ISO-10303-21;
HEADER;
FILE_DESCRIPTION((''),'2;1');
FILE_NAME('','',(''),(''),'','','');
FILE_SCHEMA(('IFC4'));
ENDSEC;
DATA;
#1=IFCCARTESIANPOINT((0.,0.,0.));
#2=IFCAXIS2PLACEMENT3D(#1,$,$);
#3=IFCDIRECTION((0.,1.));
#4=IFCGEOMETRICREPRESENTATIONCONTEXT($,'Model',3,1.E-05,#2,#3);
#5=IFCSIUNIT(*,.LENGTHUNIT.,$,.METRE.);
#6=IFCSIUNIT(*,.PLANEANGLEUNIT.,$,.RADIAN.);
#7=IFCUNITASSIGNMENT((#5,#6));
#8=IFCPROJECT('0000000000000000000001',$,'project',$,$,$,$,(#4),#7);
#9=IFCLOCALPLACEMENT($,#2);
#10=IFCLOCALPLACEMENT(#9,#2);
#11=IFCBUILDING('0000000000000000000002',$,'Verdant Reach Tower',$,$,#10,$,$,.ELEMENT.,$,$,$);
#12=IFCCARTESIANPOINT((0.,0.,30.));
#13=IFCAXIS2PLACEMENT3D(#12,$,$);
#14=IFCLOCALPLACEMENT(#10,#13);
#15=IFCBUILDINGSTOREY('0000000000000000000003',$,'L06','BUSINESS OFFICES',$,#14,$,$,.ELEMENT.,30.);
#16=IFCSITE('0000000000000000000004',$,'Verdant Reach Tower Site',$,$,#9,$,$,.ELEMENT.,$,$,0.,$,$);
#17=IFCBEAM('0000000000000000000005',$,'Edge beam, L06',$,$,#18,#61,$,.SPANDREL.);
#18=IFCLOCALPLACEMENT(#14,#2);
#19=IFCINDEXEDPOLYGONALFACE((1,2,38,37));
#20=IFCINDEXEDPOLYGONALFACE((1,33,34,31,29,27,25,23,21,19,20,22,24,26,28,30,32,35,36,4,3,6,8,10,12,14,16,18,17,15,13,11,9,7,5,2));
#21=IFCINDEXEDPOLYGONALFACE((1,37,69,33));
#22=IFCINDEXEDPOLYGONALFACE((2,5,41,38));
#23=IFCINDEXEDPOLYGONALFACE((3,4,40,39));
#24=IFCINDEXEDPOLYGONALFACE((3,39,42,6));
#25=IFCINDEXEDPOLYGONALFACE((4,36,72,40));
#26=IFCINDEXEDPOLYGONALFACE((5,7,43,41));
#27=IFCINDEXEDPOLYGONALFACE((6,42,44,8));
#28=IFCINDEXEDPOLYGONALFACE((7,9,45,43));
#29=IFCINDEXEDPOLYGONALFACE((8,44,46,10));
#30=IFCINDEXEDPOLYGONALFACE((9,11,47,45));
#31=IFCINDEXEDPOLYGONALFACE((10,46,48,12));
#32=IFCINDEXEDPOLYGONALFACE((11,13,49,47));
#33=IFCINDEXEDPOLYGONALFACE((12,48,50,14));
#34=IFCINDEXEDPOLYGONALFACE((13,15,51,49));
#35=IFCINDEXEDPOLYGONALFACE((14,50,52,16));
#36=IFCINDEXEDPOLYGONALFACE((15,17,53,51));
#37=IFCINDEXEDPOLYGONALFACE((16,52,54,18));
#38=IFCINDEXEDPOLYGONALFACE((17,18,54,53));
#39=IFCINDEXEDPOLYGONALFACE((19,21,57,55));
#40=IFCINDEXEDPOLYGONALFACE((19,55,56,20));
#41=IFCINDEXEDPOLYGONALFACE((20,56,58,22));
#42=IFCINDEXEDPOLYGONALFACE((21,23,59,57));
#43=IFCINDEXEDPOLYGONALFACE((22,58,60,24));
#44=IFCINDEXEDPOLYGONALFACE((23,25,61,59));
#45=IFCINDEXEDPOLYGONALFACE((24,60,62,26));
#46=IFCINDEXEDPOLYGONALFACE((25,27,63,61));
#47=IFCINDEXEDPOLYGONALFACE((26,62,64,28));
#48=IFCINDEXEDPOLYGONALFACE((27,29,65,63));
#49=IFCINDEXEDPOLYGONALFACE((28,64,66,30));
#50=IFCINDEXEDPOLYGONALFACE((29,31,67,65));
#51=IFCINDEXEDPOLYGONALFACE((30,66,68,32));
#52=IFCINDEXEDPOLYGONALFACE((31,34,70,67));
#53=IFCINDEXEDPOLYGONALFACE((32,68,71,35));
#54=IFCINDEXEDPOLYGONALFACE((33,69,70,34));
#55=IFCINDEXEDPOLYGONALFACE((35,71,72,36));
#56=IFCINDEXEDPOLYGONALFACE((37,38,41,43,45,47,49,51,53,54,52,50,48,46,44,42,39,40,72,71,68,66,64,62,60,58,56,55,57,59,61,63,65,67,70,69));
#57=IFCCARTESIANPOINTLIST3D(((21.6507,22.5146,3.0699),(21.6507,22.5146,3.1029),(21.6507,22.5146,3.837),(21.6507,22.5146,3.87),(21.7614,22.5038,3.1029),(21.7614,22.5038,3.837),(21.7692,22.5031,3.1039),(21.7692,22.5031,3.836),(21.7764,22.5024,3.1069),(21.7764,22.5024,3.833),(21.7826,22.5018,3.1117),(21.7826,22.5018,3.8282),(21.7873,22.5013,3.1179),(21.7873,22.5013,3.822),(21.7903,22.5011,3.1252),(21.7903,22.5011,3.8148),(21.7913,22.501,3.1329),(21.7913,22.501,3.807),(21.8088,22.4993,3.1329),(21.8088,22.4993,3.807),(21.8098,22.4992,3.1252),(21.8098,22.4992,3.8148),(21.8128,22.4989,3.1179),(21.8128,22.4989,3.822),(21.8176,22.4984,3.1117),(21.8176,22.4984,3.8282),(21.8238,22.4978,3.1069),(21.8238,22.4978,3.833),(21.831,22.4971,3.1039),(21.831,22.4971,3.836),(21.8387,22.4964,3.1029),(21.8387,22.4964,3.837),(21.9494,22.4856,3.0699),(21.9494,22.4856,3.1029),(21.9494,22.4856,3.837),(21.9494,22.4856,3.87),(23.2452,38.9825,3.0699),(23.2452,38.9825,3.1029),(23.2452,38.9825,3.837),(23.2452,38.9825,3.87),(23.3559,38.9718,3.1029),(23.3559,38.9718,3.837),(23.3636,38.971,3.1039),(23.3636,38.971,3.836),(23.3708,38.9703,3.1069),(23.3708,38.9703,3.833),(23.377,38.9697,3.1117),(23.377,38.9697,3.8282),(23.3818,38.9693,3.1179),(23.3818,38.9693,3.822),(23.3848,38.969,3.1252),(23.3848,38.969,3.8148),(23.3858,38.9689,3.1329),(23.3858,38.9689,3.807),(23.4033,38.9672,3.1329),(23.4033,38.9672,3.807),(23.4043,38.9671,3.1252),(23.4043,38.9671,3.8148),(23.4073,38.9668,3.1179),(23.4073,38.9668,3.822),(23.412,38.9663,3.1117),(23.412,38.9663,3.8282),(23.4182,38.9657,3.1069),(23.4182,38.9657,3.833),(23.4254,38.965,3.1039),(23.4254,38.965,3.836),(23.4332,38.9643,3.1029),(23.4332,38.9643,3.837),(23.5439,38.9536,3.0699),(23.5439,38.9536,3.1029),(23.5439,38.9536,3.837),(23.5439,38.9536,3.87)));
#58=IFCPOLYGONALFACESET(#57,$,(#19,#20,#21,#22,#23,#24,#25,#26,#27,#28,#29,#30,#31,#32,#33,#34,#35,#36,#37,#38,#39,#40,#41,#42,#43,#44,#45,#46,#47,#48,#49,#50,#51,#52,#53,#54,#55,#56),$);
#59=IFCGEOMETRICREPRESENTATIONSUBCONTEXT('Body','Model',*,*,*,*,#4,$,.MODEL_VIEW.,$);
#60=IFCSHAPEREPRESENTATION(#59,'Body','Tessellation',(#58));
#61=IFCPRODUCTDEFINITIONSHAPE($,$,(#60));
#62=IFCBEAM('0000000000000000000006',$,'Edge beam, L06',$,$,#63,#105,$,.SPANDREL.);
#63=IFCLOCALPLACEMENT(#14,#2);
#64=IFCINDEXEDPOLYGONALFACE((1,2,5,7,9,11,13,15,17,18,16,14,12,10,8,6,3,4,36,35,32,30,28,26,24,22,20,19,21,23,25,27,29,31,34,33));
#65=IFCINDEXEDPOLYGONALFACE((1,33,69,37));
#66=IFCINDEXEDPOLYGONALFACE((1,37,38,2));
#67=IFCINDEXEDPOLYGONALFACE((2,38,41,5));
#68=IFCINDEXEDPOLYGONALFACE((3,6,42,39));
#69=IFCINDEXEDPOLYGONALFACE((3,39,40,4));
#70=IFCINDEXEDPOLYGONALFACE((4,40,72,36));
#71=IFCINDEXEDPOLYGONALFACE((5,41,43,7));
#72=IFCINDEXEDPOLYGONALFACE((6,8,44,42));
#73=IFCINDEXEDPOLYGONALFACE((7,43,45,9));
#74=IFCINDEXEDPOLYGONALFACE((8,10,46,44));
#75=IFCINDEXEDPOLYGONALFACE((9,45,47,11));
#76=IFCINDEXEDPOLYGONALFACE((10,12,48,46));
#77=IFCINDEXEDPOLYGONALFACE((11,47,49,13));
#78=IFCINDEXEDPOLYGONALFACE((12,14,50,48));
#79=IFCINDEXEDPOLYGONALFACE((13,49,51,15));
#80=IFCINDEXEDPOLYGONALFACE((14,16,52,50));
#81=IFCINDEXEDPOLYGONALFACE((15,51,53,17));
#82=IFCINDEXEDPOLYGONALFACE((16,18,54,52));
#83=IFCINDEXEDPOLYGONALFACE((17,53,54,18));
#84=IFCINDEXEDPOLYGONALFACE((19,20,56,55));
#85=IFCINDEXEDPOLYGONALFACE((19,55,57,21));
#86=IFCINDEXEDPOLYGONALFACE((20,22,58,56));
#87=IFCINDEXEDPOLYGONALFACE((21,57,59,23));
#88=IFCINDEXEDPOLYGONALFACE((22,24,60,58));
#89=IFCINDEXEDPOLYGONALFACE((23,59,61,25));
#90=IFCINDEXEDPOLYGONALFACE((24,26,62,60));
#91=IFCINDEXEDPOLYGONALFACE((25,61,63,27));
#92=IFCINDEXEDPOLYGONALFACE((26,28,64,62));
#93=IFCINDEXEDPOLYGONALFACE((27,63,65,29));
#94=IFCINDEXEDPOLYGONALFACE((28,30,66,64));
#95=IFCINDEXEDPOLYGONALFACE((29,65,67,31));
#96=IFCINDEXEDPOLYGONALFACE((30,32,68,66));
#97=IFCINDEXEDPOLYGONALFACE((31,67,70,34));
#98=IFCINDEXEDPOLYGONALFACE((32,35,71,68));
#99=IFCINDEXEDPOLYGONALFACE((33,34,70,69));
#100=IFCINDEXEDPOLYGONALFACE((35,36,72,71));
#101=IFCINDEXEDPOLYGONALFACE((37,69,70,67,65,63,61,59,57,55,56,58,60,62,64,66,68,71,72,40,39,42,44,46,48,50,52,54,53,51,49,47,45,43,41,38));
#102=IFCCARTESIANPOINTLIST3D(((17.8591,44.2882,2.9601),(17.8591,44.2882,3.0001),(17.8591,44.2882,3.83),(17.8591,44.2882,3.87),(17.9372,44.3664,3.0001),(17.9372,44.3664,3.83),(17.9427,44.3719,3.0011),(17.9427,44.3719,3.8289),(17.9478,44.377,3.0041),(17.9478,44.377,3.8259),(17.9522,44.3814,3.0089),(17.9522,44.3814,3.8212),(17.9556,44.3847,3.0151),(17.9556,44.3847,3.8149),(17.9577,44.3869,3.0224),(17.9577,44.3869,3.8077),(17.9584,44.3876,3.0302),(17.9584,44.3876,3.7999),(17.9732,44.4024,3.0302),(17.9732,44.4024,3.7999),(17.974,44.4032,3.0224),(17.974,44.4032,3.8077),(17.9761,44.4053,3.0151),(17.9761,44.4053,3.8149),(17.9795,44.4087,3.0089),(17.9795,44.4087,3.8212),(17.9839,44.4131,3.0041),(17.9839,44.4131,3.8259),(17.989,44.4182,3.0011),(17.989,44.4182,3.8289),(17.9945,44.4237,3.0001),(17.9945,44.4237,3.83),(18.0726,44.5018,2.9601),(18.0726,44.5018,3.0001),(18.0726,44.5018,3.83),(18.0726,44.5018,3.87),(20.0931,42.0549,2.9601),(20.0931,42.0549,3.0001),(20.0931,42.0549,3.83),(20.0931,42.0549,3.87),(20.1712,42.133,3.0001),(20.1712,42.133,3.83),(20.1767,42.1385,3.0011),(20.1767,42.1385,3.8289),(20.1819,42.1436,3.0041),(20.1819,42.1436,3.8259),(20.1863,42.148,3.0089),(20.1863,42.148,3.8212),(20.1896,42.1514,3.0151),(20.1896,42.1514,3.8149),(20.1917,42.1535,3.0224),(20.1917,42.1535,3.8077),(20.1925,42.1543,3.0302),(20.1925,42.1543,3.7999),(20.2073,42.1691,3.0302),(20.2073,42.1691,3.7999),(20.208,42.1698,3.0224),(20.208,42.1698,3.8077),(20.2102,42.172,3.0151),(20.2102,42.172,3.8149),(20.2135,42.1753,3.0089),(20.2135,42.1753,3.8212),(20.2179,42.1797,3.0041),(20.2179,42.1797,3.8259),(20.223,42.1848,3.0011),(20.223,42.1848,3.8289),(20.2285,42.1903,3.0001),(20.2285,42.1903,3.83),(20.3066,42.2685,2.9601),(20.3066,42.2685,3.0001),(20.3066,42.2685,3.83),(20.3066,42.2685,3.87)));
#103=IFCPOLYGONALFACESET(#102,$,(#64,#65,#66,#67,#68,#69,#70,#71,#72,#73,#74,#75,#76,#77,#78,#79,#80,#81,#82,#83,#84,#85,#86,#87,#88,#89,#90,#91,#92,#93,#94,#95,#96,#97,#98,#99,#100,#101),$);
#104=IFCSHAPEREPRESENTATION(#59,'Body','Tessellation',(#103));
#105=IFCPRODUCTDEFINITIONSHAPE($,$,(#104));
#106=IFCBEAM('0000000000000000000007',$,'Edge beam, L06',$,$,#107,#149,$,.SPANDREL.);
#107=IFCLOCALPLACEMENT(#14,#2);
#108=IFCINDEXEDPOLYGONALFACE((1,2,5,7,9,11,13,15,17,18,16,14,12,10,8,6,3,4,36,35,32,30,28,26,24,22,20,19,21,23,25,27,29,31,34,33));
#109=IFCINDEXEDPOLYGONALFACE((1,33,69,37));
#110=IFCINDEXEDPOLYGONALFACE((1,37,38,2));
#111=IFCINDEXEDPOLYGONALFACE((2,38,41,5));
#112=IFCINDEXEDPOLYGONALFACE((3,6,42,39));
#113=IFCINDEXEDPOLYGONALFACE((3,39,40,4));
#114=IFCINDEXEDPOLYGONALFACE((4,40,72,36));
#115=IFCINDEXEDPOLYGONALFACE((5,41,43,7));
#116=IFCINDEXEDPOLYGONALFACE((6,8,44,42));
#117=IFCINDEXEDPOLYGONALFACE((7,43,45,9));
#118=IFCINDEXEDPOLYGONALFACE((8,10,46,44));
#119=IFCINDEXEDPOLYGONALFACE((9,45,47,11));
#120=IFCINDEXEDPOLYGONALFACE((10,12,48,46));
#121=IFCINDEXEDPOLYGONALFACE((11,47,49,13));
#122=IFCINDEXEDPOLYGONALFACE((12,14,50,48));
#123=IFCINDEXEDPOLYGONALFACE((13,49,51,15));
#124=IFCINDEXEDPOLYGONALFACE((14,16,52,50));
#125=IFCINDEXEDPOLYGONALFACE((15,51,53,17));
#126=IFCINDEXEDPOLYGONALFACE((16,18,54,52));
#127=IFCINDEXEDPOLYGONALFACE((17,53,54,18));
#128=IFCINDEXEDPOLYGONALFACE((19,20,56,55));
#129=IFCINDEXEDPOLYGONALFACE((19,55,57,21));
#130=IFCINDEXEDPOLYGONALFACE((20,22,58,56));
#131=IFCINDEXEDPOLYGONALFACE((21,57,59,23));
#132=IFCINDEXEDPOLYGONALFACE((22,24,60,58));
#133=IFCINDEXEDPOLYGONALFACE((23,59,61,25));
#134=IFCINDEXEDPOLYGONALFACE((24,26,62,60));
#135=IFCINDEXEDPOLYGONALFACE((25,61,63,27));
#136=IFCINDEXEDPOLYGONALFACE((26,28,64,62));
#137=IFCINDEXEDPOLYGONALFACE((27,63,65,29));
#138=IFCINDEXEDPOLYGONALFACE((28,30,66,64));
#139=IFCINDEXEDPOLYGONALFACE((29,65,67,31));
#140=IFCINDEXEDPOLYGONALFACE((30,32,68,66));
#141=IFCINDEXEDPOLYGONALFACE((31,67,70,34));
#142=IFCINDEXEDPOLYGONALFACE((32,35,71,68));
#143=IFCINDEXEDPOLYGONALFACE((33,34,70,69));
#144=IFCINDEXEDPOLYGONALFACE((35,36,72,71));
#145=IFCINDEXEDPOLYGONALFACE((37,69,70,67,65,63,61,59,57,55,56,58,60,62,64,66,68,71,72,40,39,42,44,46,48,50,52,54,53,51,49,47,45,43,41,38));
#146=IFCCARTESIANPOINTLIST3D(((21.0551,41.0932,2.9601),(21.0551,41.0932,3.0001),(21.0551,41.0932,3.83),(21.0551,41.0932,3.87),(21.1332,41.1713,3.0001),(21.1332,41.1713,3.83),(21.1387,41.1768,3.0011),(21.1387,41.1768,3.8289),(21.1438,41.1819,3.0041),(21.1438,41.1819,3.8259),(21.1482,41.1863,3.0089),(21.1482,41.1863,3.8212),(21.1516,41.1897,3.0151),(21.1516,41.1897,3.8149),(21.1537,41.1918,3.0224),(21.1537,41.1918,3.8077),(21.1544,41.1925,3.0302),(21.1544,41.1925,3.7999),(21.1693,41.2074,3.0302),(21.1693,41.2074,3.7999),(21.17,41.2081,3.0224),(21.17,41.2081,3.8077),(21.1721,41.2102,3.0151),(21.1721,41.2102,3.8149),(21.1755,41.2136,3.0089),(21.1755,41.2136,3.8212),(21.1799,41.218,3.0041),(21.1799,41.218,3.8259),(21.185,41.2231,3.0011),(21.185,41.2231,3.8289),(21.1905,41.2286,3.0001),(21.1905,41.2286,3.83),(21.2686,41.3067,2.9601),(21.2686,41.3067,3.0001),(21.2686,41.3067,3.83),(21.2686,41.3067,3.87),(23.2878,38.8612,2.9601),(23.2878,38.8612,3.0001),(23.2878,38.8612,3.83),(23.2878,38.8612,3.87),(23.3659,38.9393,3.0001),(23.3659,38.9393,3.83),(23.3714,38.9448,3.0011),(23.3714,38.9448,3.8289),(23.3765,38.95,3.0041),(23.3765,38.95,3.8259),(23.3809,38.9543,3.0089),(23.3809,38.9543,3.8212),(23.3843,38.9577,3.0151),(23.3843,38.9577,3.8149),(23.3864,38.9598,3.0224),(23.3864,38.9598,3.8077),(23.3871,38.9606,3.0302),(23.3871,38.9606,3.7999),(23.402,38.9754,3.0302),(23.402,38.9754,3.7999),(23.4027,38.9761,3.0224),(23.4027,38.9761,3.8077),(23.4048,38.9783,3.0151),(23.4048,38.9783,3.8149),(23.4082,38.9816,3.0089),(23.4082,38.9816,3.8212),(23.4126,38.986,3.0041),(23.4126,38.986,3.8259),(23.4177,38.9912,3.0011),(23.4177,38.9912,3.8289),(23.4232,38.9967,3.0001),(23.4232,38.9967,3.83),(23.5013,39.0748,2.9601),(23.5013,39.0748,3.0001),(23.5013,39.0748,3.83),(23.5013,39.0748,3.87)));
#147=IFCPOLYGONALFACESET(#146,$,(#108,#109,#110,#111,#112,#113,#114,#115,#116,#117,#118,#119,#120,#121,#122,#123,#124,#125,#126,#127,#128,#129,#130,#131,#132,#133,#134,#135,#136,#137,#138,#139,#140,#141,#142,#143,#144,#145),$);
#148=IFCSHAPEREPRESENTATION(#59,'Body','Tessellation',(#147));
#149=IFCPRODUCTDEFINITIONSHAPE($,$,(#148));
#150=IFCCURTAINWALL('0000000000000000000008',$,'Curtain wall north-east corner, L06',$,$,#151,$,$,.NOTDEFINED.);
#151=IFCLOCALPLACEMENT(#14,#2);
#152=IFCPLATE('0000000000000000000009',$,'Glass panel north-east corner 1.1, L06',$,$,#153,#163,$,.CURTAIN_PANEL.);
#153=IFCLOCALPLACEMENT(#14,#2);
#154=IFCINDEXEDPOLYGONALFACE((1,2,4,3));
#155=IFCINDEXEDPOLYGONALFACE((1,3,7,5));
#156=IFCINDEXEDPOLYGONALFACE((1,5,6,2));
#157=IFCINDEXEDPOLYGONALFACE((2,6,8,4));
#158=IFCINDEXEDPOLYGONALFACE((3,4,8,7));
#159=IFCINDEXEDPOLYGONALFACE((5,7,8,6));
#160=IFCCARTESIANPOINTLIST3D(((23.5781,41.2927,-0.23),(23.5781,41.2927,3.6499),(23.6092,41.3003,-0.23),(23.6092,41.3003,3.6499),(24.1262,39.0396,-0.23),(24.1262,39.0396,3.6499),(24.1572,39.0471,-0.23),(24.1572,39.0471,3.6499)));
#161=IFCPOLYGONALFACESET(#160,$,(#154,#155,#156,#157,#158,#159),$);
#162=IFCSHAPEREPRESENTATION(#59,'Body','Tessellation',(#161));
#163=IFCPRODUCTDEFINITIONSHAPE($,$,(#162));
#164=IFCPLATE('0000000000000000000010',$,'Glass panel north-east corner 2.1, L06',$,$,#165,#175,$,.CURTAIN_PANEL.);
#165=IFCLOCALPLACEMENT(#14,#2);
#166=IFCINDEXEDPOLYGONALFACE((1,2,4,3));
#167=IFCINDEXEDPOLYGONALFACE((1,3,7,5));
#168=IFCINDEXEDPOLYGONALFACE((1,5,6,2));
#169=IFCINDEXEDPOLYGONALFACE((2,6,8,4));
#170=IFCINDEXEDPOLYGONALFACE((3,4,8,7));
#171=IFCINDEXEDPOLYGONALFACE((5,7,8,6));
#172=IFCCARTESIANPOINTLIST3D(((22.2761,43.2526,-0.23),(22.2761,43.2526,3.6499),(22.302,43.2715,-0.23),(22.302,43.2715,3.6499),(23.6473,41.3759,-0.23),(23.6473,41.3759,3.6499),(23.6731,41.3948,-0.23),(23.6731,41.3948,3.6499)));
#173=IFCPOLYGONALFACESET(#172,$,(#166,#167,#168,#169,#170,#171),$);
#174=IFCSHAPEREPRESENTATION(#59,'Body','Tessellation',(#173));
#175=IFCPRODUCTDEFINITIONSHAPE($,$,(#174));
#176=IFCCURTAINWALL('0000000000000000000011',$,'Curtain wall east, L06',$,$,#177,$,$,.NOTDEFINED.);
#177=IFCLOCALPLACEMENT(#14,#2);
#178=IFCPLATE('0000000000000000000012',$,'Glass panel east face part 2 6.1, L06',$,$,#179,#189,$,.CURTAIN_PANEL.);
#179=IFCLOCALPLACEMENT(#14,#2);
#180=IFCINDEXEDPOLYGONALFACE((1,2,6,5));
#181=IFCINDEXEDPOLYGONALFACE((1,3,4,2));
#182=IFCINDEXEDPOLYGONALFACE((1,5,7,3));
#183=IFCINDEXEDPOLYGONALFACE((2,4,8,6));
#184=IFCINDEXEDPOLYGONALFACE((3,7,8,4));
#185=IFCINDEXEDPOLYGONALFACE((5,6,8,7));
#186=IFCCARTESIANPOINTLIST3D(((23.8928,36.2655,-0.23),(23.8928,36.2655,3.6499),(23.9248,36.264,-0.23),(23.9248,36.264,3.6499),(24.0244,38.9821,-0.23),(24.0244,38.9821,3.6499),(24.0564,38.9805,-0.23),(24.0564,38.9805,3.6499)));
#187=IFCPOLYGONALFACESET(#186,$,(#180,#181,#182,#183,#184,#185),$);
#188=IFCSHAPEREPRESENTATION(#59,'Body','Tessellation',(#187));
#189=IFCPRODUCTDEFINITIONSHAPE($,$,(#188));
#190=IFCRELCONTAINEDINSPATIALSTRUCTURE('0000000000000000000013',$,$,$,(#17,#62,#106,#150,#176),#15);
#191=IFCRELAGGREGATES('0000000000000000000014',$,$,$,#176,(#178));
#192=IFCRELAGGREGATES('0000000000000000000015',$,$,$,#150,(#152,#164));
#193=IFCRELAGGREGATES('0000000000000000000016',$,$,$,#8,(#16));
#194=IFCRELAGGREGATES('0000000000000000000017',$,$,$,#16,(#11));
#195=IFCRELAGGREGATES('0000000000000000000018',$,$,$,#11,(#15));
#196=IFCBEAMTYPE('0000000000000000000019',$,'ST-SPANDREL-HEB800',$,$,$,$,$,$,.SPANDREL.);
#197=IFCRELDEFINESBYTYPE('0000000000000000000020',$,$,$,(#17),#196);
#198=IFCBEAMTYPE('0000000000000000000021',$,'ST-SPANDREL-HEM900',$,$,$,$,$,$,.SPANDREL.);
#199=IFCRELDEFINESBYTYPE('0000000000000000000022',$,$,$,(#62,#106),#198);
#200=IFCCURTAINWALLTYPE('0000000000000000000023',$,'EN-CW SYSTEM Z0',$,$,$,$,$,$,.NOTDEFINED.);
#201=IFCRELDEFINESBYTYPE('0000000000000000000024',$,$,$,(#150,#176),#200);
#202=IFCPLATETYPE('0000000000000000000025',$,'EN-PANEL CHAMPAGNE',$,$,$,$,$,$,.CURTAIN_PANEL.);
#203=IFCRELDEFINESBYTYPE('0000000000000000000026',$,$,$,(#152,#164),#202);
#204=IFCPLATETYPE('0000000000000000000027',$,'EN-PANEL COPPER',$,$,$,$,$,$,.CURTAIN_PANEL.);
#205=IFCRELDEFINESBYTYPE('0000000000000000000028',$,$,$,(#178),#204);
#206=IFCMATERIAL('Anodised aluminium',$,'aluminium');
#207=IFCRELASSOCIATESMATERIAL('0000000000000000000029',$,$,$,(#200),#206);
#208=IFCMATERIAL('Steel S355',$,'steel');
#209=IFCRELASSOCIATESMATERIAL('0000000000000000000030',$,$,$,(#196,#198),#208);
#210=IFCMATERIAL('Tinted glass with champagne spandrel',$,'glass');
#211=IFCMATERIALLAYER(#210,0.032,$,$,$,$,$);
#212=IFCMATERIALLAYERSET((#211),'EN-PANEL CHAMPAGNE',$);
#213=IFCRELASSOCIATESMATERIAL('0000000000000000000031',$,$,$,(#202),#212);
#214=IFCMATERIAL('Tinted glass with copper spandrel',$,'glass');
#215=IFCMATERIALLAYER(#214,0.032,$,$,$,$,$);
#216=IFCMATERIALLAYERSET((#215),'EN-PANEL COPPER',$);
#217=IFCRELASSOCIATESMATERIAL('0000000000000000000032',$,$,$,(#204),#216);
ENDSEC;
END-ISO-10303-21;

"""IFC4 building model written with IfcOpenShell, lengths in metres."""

from ifc_helpers import new_model, si_unit, direction, frame, origin, origin_2d, place, context, subcontext, project, spatial, rectangle, i_section, extrude, material, layer, layer_set, material_profile, profile_set, type_object, element, aggregate, save


model = new_model("IFC4")

# Units and contexts
model_context = context("Model", 3, precision=1e-05, world=origin(), true_north=direction((0.0, 1.0)))
body_context = subcontext(model_context, "Body", "Model", "MODEL_VIEW")
ifc_project = project(units=[si_unit("LENGTHUNIT", "METRE"), si_unit("PLANEANGLEUNIT", "RADIAN")], contexts=[model_context])

# Site, building, storey
site_placement = place(None, origin())
site = spatial("IfcSite", under=ifc_project, at=site_placement, Name="Verdant Reach Tower Site", CompositionType="ELEMENT", RefElevation=0.0)
building_placement = place(site_placement, origin())
building = spatial("IfcBuilding", under=site, at=building_placement, Name="Verdant Reach Tower", CompositionType="ELEMENT")
storey_placement = place(building_placement, frame((0.0, 0.0, 30.0)))
storey = spatial("IfcBuildingStorey", under=building, at=storey_placement, Name="L06", Description="BUSINESS OFFICES", CompositionType="ELEMENT", Elevation=30.0)

# Shared definitions
ifc_material_1 = material(Name="Anodised aluminium", Category="aluminium")
curtain_wall_type = type_object("IfcCurtainWallType", Name="EN-CW SYSTEM Z0", PredefinedType="NOTDEFINED", material=ifc_material_1)

# Beams
ifc_material_2 = material(Name="Steel S355", Category="steel")
ifc_material_profile_1 = material_profile(ifc_material_2, i_section(OverallWidth=0.3, OverallDepth=0.8, WebThickness=0.0176, FlangeThickness=0.033, FilletRadius=0.03, at=origin_2d()), Name="HEB 800")
ifc_profile_set_1 = profile_set([ifc_material_profile_1], Name="Steel S355")
beam_type_1 = type_object("IfcBeamType", Name="ST-SPANDREL-HEB800", PredefinedType="SPANDREL", material=ifc_profile_set_1)
beam_1_placement = place(storey_placement, frame((23.3945, 38.968, 3.47), z_axis=(-0.096372, -0.995345, 0.0), x_axis=(0.995345, -0.096372, 0.0)))
element("IfcBeam", 1, at=beam_1_placement, inside=storey, type_object=beam_type_1, Name="Edge beam, L06", PredefinedType="SPANDREL", context=body_context, shape_type="SweptSolid", body=[
    extrude(i_section(OverallWidth=0.3, OverallDepth=0.8, WebThickness=0.0176, FlangeThickness=0.033, FilletRadius=0.03, at=origin_2d()), origin(), (0.0, 0.0, 1.0), 16.5449),
])
ifc_material_profile_2 = material_profile(ifc_material_2, i_section(OverallWidth=0.302, OverallDepth=0.9099, WebThickness=0.021, FlangeThickness=0.04, FilletRadius=0.03, at=origin_2d()), Name="HEM 900")
ifc_profile_set_2 = profile_set([ifc_material_profile_2], Name="Steel S355")
beam_type_2 = type_object("IfcBeamType", Name="ST-SPANDREL-HEM900", PredefinedType="SPANDREL", material=ifc_profile_set_2)
beam_2_placement = place(storey_placement, frame((17.9658, 44.395, 3.415), z_axis=(0.707223, -0.706991, 0.0), x_axis=(0.706991, 0.707223, 0.0)))
element("IfcBeam", 2, at=beam_2_placement, inside=storey, type_object=beam_type_2, Name="Edge beam, L06", PredefinedType="SPANDREL", context=body_context, shape_type="SweptSolid", body=[
    extrude(i_section(OverallWidth=0.302, OverallDepth=0.9099, WebThickness=0.021, FlangeThickness=0.04, FilletRadius=0.03, at=origin_2d()), origin(), (0.0, 0.0, 1.0), 3.1589),
])
beam_3_placement = place(storey_placement, frame((21.1619, 41.2, 3.415), z_axis=(0.707223, -0.706991, 0.0), x_axis=(0.706991, 0.707223, 0.0)))
element("IfcBeam", 3, at=beam_3_placement, inside=storey, type_object=beam_type_2, Name="Edge beam, L06", PredefinedType="SPANDREL", context=body_context, shape_type="SweptSolid", body=[
    extrude(i_section(OverallWidth=0.302, OverallDepth=0.9099, WebThickness=0.021, FlangeThickness=0.04, FilletRadius=0.03, at=origin_2d()), origin(), (0.0, 0.0, 1.0), 3.157),
])

# Curtain wall, plates
curtain_wall_1_placement = place(storey_placement, origin())
curtain_wall_1 = element("IfcCurtainWall", 4, at=curtain_wall_1_placement, inside=storey, type_object=curtain_wall_type, Name="Curtain wall north-east corner, L06", PredefinedType="NOTDEFINED")
ifc_material_3 = material(Name="Tinted glass with champagne spandrel", Category="glass")
ifc_layer_1 = layer(ifc_material_3, 0.032)
ifc_layer_set_1 = layer_set([ifc_layer_1], Name="EN-PANEL CHAMPAGNE")
plate_type_1 = type_object("IfcPlateType", Name="EN-PANEL CHAMPAGNE", PredefinedType="CURTAIN_PANEL", material=ifc_layer_set_1)
plate_1_placement = place(storey_placement, frame((23.8677, 40.1699, -0.23), z_axis=(0.0, 0.0, 1.0), x_axis=(-0.236347, 0.971669, 0.0)))
plate_1 = element("IfcPlate", 5, at=plate_1_placement, type_object=plate_type_1, Name="Glass panel north-east corner 1.1, L06", PredefinedType="CURTAIN_PANEL", context=body_context, shape_type="SweptSolid", body=[
    extrude(rectangle(XDim=2.3188, YDim=0.032, at=origin_2d()), origin(), (0.0, 0.0, 1.0), 3.8799),
])
plate_2_placement = place(storey_placement, frame((22.9746, 42.3237, -0.23), z_axis=(0.0, 0.0, 1.0), x_axis=(-0.589927, 0.807457, 0.0)))
plate_2 = element("IfcPlate", 6, at=plate_2_placement, type_object=plate_type_1, Name="Glass panel north-east corner 2.1, L06", PredefinedType="CURTAIN_PANEL", context=body_context, shape_type="SweptSolid", body=[
    extrude(rectangle(XDim=2.3242, YDim=0.032, at=origin_2d()), origin(), (0.0, 0.0, 1.0), 3.8799),
])

# Curtain wall, plate
curtain_wall_2_placement = place(storey_placement, origin())
curtain_wall_2 = element("IfcCurtainWall", 7, at=curtain_wall_2_placement, inside=storey, type_object=curtain_wall_type, Name="Curtain wall east, L06", PredefinedType="NOTDEFINED")
ifc_material_4 = material(Name="Tinted glass with copper spandrel", Category="glass")
ifc_layer_2 = layer(ifc_material_4, 0.032)
ifc_layer_set_2 = layer_set([ifc_layer_2], Name="EN-PANEL COPPER")
plate_type_2 = type_object("IfcPlateType", Name="EN-PANEL COPPER", PredefinedType="CURTAIN_PANEL", material=ifc_layer_set_2)
plate_3_placement = place(storey_placement, frame((23.9746, 37.623, -0.23), z_axis=(0.0, 0.0, 1.0), x_axis=(0.048383, 0.998829, 0.0)))
plate_3 = element("IfcPlate", 8, at=plate_3_placement, type_object=plate_type_2, Name="Glass panel east face part 2 6.1, L06", PredefinedType="CURTAIN_PANEL", context=body_context, shape_type="SweptSolid", body=[
    extrude(rectangle(XDim=2.7197, YDim=0.032, at=origin_2d()), origin(), (0.0, 0.0, 1.0), 3.8799),
])
aggregate(curtain_wall_2, [plate_3])

aggregate(curtain_wall_1, [plate_1, plate_2])

save(model, "model.ifc")
